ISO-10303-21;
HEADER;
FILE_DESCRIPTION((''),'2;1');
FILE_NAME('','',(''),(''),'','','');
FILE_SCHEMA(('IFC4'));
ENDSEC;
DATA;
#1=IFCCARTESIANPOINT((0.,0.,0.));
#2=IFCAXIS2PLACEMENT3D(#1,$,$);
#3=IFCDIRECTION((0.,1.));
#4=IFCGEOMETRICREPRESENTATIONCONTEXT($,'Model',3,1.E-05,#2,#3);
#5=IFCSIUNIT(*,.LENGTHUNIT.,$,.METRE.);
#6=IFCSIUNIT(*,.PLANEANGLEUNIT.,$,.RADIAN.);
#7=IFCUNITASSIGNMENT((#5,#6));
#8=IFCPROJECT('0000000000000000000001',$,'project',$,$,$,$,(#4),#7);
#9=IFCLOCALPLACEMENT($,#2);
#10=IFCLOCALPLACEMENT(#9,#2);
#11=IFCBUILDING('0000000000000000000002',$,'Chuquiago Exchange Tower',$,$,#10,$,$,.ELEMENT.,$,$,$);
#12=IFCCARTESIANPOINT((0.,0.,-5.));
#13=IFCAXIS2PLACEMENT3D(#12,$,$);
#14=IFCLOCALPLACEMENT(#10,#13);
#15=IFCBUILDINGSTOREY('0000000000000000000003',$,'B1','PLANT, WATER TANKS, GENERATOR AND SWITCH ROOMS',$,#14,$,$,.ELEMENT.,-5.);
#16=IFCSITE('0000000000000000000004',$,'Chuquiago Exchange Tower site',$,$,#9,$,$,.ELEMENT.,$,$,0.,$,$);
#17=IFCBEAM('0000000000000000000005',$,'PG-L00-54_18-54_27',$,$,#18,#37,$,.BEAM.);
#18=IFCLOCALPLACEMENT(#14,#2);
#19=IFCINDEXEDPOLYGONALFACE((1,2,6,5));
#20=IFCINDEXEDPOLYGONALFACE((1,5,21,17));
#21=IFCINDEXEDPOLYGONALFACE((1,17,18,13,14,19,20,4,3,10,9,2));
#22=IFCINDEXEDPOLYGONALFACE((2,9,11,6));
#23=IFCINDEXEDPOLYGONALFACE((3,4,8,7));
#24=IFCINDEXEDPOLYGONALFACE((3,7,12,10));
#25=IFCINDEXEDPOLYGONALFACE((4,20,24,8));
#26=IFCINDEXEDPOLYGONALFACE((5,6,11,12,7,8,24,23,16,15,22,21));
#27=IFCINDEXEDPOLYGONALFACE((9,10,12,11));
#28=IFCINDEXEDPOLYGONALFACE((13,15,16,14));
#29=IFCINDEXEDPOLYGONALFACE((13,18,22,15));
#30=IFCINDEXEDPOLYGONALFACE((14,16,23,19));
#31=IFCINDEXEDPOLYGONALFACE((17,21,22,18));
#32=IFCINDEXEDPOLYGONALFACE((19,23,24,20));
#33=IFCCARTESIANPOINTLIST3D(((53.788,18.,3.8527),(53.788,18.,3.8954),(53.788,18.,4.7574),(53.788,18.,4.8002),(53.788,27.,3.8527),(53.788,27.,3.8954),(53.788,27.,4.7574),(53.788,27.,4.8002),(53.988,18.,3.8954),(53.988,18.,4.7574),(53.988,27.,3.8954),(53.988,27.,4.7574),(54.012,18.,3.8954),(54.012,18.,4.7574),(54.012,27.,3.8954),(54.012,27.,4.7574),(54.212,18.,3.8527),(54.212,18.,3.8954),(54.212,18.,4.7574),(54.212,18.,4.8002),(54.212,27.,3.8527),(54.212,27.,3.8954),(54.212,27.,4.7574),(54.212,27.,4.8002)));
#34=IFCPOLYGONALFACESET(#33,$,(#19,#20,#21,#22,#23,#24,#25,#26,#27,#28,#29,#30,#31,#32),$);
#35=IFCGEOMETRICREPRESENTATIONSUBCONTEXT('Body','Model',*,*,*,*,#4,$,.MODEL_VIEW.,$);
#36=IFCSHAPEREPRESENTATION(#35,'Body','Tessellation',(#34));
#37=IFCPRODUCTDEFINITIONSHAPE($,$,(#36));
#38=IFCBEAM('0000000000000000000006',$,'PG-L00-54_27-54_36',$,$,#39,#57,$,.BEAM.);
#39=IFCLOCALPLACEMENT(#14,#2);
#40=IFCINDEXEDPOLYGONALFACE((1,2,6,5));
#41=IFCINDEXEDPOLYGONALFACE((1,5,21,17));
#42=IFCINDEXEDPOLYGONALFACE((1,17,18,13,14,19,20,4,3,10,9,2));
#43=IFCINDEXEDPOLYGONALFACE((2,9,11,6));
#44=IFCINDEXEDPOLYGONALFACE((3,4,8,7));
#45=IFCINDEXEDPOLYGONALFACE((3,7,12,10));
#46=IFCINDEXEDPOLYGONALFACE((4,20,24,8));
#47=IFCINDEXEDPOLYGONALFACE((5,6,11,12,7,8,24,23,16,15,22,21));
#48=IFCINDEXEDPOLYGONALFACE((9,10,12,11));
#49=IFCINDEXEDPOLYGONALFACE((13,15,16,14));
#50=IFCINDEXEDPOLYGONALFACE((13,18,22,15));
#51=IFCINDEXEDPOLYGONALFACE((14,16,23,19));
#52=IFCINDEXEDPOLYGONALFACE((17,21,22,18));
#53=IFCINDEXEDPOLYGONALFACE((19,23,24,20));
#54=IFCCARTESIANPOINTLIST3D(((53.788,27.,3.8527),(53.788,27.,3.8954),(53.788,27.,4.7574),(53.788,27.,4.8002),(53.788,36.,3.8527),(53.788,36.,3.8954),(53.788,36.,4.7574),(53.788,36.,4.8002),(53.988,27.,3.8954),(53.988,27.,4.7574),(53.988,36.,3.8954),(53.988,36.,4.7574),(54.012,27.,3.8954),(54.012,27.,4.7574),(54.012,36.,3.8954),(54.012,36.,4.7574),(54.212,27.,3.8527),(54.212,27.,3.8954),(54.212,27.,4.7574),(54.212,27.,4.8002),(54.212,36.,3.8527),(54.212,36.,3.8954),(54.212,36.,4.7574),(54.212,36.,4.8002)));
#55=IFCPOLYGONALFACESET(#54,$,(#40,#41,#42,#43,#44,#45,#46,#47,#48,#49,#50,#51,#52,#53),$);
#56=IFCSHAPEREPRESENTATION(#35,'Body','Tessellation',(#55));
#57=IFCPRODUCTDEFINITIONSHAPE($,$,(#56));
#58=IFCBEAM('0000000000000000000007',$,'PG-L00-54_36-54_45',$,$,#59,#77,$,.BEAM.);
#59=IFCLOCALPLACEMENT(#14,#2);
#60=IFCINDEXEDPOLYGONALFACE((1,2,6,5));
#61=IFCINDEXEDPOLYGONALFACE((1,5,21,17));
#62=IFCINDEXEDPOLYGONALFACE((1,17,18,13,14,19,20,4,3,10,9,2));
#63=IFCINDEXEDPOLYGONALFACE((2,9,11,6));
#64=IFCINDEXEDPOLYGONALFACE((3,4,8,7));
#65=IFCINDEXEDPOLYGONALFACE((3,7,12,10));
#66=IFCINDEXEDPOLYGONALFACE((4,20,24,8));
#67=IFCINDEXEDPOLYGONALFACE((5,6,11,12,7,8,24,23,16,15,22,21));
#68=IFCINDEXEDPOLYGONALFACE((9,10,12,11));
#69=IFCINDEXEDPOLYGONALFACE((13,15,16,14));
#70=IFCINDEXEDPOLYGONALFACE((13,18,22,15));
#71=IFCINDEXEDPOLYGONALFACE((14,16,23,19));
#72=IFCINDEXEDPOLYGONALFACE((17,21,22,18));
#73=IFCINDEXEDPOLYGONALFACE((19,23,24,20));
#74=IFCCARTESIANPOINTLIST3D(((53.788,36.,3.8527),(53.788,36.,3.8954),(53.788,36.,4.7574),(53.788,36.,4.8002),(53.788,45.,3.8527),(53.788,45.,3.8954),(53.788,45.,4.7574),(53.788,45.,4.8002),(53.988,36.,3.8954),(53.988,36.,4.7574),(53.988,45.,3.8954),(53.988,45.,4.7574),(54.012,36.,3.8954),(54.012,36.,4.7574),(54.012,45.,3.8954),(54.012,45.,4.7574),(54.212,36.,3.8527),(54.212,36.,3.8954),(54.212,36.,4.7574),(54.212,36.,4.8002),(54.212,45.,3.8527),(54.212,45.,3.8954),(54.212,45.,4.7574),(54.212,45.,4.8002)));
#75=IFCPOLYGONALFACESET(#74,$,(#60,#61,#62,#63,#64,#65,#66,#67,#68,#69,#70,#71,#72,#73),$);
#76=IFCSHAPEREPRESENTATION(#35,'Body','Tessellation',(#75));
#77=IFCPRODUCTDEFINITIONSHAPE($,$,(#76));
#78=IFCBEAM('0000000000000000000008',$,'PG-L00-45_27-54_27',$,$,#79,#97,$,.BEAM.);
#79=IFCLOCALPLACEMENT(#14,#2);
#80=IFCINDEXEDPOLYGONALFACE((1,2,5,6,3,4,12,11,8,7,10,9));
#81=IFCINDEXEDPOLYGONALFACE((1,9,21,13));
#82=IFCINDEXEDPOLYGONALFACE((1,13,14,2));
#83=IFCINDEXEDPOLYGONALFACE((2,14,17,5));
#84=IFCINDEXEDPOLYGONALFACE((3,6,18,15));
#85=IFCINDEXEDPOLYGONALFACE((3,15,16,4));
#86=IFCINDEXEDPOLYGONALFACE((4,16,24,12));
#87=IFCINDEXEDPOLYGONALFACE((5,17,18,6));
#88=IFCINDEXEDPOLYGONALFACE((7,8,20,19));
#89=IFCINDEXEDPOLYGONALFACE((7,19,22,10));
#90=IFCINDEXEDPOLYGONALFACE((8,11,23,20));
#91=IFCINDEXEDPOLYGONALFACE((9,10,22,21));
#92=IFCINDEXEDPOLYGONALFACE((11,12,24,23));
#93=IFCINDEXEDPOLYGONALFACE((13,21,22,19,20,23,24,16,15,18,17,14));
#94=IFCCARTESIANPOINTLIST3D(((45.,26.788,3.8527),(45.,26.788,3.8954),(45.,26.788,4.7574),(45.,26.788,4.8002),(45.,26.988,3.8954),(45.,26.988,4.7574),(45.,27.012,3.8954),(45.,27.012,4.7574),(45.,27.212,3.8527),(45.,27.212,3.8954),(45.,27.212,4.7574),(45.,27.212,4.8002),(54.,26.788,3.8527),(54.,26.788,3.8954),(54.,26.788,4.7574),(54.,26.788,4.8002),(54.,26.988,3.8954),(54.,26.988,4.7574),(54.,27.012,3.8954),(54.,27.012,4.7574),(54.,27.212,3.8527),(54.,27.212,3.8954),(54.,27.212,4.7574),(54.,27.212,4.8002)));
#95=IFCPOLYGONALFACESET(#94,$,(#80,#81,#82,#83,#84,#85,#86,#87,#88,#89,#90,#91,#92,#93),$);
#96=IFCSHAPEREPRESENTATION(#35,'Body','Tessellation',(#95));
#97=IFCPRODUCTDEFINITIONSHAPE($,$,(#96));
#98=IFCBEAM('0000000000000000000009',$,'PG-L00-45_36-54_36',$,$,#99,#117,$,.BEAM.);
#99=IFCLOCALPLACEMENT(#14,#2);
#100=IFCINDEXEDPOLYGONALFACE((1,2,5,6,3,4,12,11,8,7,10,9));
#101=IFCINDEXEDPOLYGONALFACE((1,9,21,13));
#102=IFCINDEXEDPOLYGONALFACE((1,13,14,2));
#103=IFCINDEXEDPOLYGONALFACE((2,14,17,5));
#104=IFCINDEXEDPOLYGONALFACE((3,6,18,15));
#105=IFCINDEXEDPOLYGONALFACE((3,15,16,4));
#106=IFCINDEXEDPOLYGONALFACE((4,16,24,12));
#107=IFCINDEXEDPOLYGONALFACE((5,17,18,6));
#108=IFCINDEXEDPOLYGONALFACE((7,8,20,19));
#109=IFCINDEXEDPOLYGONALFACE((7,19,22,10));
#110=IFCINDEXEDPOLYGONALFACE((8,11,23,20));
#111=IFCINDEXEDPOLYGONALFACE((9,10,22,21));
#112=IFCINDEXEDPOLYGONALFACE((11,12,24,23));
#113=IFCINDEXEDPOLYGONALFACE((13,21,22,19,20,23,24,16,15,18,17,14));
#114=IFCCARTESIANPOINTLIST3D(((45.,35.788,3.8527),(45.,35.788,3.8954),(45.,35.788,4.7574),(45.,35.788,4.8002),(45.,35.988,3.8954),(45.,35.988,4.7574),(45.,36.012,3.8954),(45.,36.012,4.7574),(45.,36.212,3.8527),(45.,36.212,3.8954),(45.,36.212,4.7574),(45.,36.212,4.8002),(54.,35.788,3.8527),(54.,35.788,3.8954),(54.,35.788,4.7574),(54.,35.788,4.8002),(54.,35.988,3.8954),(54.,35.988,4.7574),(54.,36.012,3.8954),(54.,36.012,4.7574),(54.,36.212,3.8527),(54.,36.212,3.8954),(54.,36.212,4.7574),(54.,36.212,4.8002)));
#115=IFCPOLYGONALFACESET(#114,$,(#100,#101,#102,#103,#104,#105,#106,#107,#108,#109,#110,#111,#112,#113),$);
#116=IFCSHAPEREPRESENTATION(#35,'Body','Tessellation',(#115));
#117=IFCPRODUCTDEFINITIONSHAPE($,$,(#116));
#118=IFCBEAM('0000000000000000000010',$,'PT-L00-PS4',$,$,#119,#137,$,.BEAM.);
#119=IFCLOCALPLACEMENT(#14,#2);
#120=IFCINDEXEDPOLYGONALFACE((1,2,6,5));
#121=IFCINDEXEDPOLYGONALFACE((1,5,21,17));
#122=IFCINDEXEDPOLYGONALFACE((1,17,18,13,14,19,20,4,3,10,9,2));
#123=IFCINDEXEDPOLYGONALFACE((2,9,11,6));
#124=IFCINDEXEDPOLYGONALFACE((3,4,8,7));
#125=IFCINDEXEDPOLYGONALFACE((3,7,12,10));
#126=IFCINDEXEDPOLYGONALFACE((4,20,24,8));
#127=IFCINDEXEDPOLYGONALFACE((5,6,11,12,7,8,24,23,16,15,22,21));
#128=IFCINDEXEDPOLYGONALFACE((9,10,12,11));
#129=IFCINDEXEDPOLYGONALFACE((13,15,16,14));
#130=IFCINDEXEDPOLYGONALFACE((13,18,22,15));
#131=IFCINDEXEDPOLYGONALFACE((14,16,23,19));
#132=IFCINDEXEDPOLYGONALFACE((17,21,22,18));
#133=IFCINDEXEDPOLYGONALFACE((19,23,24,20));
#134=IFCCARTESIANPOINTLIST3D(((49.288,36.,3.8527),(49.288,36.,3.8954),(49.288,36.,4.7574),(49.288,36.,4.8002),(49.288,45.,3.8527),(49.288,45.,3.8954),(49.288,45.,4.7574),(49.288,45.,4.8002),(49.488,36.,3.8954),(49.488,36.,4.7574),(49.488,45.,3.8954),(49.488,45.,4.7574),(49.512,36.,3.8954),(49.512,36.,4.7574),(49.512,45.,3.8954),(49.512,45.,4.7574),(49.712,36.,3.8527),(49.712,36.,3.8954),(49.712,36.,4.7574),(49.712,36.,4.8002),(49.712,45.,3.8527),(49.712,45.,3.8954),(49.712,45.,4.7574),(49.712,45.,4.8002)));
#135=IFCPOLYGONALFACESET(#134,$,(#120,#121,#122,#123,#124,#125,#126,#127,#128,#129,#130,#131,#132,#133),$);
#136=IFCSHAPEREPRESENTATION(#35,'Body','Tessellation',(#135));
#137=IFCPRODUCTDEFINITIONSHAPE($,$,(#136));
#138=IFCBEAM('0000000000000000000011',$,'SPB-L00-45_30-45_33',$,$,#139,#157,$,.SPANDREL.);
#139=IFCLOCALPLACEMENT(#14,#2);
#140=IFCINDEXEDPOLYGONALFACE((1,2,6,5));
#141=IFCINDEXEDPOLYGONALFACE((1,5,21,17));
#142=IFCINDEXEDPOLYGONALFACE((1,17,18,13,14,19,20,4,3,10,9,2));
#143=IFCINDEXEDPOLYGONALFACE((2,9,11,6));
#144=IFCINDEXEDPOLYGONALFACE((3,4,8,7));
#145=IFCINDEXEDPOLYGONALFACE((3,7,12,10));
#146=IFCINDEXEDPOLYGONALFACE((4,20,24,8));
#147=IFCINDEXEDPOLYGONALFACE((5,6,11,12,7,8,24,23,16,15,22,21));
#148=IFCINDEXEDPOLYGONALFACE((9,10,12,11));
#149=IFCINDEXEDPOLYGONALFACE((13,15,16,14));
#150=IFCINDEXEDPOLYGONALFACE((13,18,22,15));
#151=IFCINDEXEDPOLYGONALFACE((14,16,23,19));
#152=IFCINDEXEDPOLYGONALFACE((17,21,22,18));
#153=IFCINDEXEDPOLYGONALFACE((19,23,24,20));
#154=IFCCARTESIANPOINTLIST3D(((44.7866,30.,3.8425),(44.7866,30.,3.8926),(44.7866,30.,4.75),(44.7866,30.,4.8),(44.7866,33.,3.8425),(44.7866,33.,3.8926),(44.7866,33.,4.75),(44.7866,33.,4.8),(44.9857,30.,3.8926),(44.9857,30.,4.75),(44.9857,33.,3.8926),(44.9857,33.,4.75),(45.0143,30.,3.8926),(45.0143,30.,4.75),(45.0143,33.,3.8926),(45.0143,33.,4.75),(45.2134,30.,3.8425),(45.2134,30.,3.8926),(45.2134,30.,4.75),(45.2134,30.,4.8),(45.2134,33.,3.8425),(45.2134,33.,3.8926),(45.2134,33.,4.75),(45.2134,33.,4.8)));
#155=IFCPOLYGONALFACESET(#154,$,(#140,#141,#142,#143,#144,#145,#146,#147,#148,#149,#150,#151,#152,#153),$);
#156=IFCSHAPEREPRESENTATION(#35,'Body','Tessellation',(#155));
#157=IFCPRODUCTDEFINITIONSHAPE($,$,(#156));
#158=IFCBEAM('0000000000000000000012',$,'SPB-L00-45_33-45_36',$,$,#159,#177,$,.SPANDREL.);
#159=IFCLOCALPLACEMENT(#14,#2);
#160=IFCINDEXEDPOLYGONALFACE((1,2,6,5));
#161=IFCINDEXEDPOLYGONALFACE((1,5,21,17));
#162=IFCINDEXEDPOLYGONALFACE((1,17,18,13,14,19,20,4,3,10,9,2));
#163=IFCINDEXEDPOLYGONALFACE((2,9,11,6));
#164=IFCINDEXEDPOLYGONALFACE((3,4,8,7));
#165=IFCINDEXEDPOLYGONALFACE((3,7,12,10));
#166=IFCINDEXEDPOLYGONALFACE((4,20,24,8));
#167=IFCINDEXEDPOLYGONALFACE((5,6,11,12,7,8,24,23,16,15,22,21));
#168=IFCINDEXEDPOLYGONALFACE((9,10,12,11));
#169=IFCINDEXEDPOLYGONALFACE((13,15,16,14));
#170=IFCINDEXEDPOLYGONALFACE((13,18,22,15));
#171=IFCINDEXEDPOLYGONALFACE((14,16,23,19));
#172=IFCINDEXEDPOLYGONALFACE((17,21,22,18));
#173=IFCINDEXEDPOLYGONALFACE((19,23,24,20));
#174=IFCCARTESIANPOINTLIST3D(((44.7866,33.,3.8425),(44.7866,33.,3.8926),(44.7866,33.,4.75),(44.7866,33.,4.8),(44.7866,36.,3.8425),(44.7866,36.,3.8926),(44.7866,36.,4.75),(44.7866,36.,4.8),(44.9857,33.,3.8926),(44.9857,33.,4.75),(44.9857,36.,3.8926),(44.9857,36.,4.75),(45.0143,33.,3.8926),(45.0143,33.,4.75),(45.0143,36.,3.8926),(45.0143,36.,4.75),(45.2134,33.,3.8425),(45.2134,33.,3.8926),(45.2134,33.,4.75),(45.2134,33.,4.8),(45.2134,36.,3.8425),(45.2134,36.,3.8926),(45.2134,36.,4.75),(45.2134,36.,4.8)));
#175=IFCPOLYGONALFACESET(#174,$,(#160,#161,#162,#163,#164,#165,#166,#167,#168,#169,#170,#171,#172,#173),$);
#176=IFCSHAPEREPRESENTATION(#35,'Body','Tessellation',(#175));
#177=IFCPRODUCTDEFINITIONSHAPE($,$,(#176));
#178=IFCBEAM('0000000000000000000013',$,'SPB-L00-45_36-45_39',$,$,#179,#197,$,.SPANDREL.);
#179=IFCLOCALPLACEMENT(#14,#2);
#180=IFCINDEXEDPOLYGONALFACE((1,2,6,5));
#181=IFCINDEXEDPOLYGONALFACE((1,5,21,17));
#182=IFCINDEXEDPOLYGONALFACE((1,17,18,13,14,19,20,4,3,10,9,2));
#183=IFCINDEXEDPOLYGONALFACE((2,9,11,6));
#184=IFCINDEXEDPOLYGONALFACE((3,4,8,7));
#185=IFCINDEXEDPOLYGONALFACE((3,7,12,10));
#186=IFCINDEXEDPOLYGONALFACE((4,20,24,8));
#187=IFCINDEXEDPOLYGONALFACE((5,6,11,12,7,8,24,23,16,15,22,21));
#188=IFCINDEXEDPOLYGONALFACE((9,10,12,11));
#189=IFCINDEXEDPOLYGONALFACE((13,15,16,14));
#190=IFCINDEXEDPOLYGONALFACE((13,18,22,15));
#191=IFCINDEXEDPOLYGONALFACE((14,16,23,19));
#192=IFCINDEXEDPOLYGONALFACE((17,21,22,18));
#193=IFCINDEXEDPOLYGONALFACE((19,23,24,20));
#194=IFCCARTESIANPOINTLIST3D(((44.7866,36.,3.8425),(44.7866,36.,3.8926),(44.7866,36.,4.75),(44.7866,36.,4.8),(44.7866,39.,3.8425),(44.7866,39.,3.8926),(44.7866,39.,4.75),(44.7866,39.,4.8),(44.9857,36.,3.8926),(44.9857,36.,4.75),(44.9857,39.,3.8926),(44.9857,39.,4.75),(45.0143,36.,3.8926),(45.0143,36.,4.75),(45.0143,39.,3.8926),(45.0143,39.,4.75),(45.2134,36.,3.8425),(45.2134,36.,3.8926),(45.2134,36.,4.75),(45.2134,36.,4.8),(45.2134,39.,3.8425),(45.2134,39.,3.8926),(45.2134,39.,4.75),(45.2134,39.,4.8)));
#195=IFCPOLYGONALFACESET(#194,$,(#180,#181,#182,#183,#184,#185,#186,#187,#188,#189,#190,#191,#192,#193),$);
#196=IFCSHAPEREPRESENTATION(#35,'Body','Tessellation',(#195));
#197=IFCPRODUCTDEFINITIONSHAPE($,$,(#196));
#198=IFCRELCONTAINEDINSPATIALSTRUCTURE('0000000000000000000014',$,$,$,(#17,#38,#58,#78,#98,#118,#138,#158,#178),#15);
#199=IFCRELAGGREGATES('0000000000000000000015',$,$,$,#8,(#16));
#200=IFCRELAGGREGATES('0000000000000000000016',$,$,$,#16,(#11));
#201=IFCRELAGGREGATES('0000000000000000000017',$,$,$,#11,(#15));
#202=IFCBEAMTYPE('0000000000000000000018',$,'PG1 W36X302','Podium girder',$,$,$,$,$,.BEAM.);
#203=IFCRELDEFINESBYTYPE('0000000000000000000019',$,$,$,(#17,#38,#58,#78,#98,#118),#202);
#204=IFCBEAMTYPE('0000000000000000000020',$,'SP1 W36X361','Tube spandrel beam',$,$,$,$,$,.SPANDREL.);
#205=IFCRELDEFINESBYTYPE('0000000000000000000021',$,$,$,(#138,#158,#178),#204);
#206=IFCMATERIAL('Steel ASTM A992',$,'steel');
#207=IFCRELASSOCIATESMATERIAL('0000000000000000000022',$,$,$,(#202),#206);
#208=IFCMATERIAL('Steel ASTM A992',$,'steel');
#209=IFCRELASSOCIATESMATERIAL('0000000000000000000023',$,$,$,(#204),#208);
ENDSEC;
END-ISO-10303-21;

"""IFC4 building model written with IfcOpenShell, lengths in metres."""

from ifc_helpers import new_model, si_unit, direction, frame, origin, origin_2d, place, context, subcontext, project, spatial, i_section, extrude, material, material_profile, profile_set, type_object, element, save


model = new_model("IFC4")

# Units and contexts
model_context = context("Model", 3, precision=1e-05, world=origin(), true_north=direction((0.0, 1.0)))
body_context = subcontext(model_context, "Body", "Model", "MODEL_VIEW")
ifc_project = project(units=[si_unit("LENGTHUNIT", "METRE"), si_unit("PLANEANGLEUNIT", "RADIAN")], contexts=[model_context])

# Site, building, storey
site_placement = place(None, origin())
site = spatial("IfcSite", under=ifc_project, at=site_placement, Name="Chuquiago Exchange Tower site", CompositionType="ELEMENT", RefElevation=0.0)
building_placement = place(site_placement, origin())
building = spatial("IfcBuilding", under=site, at=building_placement, Name="Chuquiago Exchange Tower", CompositionType="ELEMENT")
storey_placement = place(building_placement, frame((0.0, 0.0, -5.0)))
storey = spatial("IfcBuildingStorey", under=building, at=storey_placement, Name="B1", Description="PLANT, WATER TANKS, GENERATOR AND SWITCH ROOMS", CompositionType="ELEMENT", Elevation=-5.0)

# Beams
ifc_material_1 = material(Name="Steel ASTM A992", Category="steel")
ifc_material_profile_1 = material_profile(ifc_material_1, i_section(OverallWidth=0.4241, OverallDepth=0.9475, WebThickness=0.0239, FlangeThickness=0.0427, at=origin_2d()), Name="W36X302")
ifc_profile_set_1 = profile_set([ifc_material_profile_1], Name="Steel ASTM A992")
beam_type_1 = type_object("IfcBeamType", Name="PG1 W36X302", Description="Podium girder", PredefinedType="BEAM", material=ifc_profile_set_1)
for number, where, z_axis, x_axis, name in (
    (1, (54.0, 18.0, 4.3264), (0.0, 1.0, 0.0), (-1.0, 0.0, 0.0), "PG-L00-54_18-54_27"),
    (2, (54.0, 27.0, 4.3264), (0.0, 1.0, 0.0), (-1.0, 0.0, 0.0), "PG-L00-54_27-54_36"),
    (3, (54.0, 36.0, 4.3264), (0.0, 1.0, 0.0), (-1.0, 0.0, 0.0), "PG-L00-54_36-54_45"),
    (4, (45.0, 27.0, 4.3264), (1.0, 0.0, 0.0), (0.0, 1.0, 0.0), "PG-L00-45_27-54_27"),
    (5, (45.0, 36.0, 4.3264), (1.0, 0.0, 0.0), (0.0, 1.0, 0.0), "PG-L00-45_36-54_36"),
    (6, (49.5, 36.0, 4.3264), (0.0, 1.0, 0.0), (-1.0, 0.0, 0.0), "PT-L00-PS4"),
):
    element("IfcBeam", number, at=place(storey_placement, frame(where, z_axis=z_axis, x_axis=x_axis)), inside=storey, type_object=beam_type_1, Name=name, PredefinedType="BEAM", context=body_context, shape_type="SweptSolid", body=[
        extrude(i_section(OverallWidth=0.4241, OverallDepth=0.9475, WebThickness=0.0239, FlangeThickness=0.0427, at=origin_2d()), origin(), (0.0, 0.0, 1.0), 9.0),
    ])
ifc_material_2 = material(Name="Steel ASTM A992", Category="steel")
ifc_material_profile_2 = material_profile(ifc_material_2, i_section(OverallWidth=0.4268, OverallDepth=0.9575, WebThickness=0.0286, FlangeThickness=0.05, at=origin_2d()), Name="W36X361")
ifc_profile_set_2 = profile_set([ifc_material_profile_2], Name="Steel ASTM A992")
beam_type_2 = type_object("IfcBeamType", Name="SP1 W36X361", Description="Tube spandrel beam", PredefinedType="SPANDREL", material=ifc_profile_set_2)
for number, where, z_axis, x_axis, name in (
    (7, (45.0, 30.0, 4.3213), (0.0, 1.0, 0.0), (-1.0, 0.0, 0.0), "SPB-L00-45_30-45_33"),
    (8, (45.0, 33.0, 4.3213), (0.0, 1.0, 0.0), (-1.0, 0.0, 0.0), "SPB-L00-45_33-45_36"),
    (9, (45.0, 36.0, 4.3213), (0.0, 1.0, 0.0), (-1.0, 0.0, 0.0), "SPB-L00-45_36-45_39"),
):
    element("IfcBeam", number, at=place(storey_placement, frame(where, z_axis=z_axis, x_axis=x_axis)), inside=storey, type_object=beam_type_2, Name=name, PredefinedType="SPANDREL", context=body_context, shape_type="SweptSolid", body=[
        extrude(i_section(OverallWidth=0.4268, OverallDepth=0.9575, WebThickness=0.0286, FlangeThickness=0.05, at=origin_2d()), origin(), (0.0, 0.0, 1.0), 3.0),
    ])

save(model, "model.ifc")
